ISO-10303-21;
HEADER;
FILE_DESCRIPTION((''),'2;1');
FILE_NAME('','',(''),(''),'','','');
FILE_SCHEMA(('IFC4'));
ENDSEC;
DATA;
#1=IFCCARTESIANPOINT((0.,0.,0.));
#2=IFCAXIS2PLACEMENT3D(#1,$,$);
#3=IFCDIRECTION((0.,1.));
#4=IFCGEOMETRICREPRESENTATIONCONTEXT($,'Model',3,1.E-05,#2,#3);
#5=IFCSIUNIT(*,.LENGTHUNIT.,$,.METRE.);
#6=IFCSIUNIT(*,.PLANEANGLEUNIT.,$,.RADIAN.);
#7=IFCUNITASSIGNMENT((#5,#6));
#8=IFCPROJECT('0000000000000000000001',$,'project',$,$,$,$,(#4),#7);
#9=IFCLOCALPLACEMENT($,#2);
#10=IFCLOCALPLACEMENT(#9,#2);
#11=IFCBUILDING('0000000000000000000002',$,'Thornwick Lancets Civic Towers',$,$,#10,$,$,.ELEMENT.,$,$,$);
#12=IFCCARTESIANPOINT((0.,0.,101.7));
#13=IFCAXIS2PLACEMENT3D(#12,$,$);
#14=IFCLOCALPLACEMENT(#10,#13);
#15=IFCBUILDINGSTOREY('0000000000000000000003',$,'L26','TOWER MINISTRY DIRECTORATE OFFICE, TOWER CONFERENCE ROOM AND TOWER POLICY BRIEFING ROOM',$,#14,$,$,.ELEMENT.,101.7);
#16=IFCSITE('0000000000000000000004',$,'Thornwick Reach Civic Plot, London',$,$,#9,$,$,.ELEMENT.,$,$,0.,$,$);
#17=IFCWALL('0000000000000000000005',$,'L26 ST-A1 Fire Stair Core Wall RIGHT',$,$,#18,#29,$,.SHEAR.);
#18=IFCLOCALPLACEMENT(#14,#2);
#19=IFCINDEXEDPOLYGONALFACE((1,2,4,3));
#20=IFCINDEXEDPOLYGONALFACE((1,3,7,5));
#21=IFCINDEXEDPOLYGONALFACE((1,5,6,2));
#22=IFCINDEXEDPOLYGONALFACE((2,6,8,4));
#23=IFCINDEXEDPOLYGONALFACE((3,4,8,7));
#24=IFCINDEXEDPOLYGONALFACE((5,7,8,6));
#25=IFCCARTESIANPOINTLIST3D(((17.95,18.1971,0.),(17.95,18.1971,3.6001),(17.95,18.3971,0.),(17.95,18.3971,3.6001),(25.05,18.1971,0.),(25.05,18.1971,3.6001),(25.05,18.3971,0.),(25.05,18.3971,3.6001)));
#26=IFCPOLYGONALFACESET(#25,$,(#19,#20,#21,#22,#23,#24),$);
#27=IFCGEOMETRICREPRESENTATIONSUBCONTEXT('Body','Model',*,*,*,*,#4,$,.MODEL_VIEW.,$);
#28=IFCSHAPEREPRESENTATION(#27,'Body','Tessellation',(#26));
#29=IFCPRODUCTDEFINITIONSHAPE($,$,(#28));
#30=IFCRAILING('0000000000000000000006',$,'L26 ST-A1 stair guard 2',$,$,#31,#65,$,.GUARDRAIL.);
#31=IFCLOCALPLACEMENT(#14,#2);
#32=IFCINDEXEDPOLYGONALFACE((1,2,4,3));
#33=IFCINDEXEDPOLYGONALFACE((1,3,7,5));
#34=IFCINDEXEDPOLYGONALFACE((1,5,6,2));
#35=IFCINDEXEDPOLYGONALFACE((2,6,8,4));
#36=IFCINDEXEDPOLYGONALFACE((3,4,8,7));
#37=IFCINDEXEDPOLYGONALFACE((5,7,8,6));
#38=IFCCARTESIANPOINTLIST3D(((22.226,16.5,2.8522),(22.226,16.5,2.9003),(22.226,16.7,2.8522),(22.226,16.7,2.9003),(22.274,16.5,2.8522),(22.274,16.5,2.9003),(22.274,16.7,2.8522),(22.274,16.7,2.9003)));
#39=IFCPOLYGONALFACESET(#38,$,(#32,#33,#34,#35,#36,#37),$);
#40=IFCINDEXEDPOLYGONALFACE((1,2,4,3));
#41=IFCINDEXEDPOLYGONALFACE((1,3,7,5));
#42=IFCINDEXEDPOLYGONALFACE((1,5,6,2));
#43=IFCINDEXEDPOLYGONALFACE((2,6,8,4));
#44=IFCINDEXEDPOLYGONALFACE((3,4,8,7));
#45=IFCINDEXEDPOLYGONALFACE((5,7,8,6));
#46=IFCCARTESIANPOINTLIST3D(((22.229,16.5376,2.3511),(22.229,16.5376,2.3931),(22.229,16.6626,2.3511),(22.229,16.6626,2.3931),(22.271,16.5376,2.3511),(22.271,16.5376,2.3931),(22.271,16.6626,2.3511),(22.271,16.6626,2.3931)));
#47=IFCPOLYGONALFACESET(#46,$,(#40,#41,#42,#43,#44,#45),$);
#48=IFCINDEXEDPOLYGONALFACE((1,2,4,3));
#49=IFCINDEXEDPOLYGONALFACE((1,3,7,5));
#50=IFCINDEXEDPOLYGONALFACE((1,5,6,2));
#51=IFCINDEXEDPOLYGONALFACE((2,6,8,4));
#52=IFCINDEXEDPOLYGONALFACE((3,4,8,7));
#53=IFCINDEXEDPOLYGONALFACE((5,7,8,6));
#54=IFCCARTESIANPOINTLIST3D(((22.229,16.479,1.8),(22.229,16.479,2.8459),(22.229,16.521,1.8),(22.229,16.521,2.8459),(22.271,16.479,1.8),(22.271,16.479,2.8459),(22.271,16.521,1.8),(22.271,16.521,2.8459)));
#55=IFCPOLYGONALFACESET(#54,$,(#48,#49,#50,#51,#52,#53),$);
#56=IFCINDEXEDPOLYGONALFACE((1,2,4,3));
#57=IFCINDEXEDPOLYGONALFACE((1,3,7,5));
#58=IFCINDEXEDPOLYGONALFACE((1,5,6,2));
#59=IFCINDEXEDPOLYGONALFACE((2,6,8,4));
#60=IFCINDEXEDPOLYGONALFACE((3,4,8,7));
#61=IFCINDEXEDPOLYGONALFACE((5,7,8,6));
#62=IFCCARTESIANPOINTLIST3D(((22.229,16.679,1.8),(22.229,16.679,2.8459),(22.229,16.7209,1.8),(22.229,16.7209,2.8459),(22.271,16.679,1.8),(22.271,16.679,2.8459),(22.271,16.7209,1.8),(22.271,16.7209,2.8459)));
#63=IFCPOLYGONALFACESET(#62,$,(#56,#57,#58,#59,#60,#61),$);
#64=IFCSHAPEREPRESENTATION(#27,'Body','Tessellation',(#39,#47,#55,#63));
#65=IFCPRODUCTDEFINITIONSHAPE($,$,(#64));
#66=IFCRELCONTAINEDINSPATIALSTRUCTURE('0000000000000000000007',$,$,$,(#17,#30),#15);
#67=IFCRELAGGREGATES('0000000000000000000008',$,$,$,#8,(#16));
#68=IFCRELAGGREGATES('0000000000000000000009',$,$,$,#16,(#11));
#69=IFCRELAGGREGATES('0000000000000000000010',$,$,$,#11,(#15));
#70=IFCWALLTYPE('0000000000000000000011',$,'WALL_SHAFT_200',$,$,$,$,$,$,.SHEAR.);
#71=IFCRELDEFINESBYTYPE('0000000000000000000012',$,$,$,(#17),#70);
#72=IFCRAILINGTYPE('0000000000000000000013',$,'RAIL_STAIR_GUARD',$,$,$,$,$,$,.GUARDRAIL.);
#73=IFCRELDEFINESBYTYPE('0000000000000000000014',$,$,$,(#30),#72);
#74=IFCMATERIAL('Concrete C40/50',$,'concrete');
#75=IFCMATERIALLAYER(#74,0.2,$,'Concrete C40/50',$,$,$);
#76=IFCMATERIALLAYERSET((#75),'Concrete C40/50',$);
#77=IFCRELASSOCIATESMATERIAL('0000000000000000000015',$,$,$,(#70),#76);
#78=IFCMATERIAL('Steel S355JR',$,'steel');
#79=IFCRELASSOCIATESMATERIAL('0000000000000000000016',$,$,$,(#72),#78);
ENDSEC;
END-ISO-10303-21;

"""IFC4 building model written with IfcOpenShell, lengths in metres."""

from ifc_helpers import new_model, si_unit, direction, frame, frame_2d, origin, origin_2d, place, context, subcontext, project, spatial, rectangle, extrude, material, layer, layer_set, type_object, element, save


model = new_model("IFC4")

# Units and contexts
model_context = context("Model", 3, precision=1e-05, world=origin(), true_north=direction((0.0, 1.0)))
body_context = subcontext(model_context, "Body", "Model", "MODEL_VIEW")
ifc_project = project(units=[si_unit("LENGTHUNIT", "METRE"), si_unit("PLANEANGLEUNIT", "RADIAN")], contexts=[model_context])

# Site, building, storey
site_placement = place(None, origin())
site = spatial("IfcSite", under=ifc_project, at=site_placement, Name="Thornwick Reach Civic Plot, London", CompositionType="ELEMENT", RefElevation=0.0)
building_placement = place(site_placement, origin())
building = spatial("IfcBuilding", under=site, at=building_placement, Name="Thornwick Lancets Civic Towers", CompositionType="ELEMENT")
storey_placement = place(building_placement, frame((0.0, 0.0, 101.7)))
storey = spatial("IfcBuildingStorey", under=building, at=storey_placement, Name="L26", Description="TOWER MINISTRY DIRECTORATE OFFICE, TOWER CONFERENCE ROOM AND TOWER POLICY BRIEFING ROOM", CompositionType="ELEMENT", Elevation=101.7)

# Shared definitions
ifc_material_1 = material(Name="Steel S355JR", Category="steel")
ifc_material_2 = material(Name="Concrete C40/50", Category="concrete")

# Wall
ifc_layer_1 = layer(ifc_material_2, 0.2, Name="Concrete C40/50")
ifc_layer_set_1 = layer_set([ifc_layer_1], Name="Concrete C40/50")
wall_type_1 = type_object("IfcWallType", Name="WALL_SHAFT_200", PredefinedType="SHEAR", material=ifc_layer_set_1)
wall_1_placement = place(storey_placement, frame((25.05, 18.2971, 0.0), z_axis=(0.0, 0.0, 1.0), x_axis=(-1.0, 0.0, 0.0)))
element("IfcWall", 1, at=wall_1_placement, inside=storey, type_object=wall_type_1, Name="L26 ST-A1 Fire Stair Core Wall RIGHT", PredefinedType="SHEAR", context=body_context, shape_type="SweptSolid", body=[
    extrude(rectangle(XDim=7.1001, YDim=0.2, at=frame_2d((3.55, 0.0))), origin(), (0.0, 0.0, 1.0), 3.6001),
])

# Railing
railing_type = type_object("IfcRailingType", Name="RAIL_STAIR_GUARD", PredefinedType="GUARDRAIL", material=ifc_material_1)
railing_placement = place(storey_placement, frame((22.25, 16.5, 1.8)))
element("IfcRailing", 2, at=railing_placement, inside=storey, type_object=railing_type, Name="L26 ST-A1 stair guard 2", PredefinedType="GUARDRAIL", context=body_context, shape_type="SweptSolid", body=[
    extrude(rectangle(XDim=0.0481, YDim=0.0481, at=origin_2d()), frame((0.0, 0.0, 1.0762), z_axis=(0.0, 1.0, 0.0), x_axis=(-1.0, 0.0, 0.0)), (0.0, 0.0, 1.0), 0.2),
    extrude(rectangle(XDim=0.042, YDim=0.042, at=origin_2d()), frame((0.0, 0.0376, 0.572), z_axis=(0.0, 1.0, 0.0), x_axis=(-1.0, 0.0, 0.0)), (0.0, 0.0, 1.0), 0.125),
    extrude(rectangle(XDim=0.042, YDim=0.042, at=origin_2d()), origin(), (0.0, 0.0, 1.0), 1.0459),
    extrude(rectangle(XDim=0.042, YDim=0.042, at=origin_2d()), frame((0.0, 0.2, 0.0)), (0.0, 0.0, 1.0), 1.0459),
])

save(model, "model.ifc")
